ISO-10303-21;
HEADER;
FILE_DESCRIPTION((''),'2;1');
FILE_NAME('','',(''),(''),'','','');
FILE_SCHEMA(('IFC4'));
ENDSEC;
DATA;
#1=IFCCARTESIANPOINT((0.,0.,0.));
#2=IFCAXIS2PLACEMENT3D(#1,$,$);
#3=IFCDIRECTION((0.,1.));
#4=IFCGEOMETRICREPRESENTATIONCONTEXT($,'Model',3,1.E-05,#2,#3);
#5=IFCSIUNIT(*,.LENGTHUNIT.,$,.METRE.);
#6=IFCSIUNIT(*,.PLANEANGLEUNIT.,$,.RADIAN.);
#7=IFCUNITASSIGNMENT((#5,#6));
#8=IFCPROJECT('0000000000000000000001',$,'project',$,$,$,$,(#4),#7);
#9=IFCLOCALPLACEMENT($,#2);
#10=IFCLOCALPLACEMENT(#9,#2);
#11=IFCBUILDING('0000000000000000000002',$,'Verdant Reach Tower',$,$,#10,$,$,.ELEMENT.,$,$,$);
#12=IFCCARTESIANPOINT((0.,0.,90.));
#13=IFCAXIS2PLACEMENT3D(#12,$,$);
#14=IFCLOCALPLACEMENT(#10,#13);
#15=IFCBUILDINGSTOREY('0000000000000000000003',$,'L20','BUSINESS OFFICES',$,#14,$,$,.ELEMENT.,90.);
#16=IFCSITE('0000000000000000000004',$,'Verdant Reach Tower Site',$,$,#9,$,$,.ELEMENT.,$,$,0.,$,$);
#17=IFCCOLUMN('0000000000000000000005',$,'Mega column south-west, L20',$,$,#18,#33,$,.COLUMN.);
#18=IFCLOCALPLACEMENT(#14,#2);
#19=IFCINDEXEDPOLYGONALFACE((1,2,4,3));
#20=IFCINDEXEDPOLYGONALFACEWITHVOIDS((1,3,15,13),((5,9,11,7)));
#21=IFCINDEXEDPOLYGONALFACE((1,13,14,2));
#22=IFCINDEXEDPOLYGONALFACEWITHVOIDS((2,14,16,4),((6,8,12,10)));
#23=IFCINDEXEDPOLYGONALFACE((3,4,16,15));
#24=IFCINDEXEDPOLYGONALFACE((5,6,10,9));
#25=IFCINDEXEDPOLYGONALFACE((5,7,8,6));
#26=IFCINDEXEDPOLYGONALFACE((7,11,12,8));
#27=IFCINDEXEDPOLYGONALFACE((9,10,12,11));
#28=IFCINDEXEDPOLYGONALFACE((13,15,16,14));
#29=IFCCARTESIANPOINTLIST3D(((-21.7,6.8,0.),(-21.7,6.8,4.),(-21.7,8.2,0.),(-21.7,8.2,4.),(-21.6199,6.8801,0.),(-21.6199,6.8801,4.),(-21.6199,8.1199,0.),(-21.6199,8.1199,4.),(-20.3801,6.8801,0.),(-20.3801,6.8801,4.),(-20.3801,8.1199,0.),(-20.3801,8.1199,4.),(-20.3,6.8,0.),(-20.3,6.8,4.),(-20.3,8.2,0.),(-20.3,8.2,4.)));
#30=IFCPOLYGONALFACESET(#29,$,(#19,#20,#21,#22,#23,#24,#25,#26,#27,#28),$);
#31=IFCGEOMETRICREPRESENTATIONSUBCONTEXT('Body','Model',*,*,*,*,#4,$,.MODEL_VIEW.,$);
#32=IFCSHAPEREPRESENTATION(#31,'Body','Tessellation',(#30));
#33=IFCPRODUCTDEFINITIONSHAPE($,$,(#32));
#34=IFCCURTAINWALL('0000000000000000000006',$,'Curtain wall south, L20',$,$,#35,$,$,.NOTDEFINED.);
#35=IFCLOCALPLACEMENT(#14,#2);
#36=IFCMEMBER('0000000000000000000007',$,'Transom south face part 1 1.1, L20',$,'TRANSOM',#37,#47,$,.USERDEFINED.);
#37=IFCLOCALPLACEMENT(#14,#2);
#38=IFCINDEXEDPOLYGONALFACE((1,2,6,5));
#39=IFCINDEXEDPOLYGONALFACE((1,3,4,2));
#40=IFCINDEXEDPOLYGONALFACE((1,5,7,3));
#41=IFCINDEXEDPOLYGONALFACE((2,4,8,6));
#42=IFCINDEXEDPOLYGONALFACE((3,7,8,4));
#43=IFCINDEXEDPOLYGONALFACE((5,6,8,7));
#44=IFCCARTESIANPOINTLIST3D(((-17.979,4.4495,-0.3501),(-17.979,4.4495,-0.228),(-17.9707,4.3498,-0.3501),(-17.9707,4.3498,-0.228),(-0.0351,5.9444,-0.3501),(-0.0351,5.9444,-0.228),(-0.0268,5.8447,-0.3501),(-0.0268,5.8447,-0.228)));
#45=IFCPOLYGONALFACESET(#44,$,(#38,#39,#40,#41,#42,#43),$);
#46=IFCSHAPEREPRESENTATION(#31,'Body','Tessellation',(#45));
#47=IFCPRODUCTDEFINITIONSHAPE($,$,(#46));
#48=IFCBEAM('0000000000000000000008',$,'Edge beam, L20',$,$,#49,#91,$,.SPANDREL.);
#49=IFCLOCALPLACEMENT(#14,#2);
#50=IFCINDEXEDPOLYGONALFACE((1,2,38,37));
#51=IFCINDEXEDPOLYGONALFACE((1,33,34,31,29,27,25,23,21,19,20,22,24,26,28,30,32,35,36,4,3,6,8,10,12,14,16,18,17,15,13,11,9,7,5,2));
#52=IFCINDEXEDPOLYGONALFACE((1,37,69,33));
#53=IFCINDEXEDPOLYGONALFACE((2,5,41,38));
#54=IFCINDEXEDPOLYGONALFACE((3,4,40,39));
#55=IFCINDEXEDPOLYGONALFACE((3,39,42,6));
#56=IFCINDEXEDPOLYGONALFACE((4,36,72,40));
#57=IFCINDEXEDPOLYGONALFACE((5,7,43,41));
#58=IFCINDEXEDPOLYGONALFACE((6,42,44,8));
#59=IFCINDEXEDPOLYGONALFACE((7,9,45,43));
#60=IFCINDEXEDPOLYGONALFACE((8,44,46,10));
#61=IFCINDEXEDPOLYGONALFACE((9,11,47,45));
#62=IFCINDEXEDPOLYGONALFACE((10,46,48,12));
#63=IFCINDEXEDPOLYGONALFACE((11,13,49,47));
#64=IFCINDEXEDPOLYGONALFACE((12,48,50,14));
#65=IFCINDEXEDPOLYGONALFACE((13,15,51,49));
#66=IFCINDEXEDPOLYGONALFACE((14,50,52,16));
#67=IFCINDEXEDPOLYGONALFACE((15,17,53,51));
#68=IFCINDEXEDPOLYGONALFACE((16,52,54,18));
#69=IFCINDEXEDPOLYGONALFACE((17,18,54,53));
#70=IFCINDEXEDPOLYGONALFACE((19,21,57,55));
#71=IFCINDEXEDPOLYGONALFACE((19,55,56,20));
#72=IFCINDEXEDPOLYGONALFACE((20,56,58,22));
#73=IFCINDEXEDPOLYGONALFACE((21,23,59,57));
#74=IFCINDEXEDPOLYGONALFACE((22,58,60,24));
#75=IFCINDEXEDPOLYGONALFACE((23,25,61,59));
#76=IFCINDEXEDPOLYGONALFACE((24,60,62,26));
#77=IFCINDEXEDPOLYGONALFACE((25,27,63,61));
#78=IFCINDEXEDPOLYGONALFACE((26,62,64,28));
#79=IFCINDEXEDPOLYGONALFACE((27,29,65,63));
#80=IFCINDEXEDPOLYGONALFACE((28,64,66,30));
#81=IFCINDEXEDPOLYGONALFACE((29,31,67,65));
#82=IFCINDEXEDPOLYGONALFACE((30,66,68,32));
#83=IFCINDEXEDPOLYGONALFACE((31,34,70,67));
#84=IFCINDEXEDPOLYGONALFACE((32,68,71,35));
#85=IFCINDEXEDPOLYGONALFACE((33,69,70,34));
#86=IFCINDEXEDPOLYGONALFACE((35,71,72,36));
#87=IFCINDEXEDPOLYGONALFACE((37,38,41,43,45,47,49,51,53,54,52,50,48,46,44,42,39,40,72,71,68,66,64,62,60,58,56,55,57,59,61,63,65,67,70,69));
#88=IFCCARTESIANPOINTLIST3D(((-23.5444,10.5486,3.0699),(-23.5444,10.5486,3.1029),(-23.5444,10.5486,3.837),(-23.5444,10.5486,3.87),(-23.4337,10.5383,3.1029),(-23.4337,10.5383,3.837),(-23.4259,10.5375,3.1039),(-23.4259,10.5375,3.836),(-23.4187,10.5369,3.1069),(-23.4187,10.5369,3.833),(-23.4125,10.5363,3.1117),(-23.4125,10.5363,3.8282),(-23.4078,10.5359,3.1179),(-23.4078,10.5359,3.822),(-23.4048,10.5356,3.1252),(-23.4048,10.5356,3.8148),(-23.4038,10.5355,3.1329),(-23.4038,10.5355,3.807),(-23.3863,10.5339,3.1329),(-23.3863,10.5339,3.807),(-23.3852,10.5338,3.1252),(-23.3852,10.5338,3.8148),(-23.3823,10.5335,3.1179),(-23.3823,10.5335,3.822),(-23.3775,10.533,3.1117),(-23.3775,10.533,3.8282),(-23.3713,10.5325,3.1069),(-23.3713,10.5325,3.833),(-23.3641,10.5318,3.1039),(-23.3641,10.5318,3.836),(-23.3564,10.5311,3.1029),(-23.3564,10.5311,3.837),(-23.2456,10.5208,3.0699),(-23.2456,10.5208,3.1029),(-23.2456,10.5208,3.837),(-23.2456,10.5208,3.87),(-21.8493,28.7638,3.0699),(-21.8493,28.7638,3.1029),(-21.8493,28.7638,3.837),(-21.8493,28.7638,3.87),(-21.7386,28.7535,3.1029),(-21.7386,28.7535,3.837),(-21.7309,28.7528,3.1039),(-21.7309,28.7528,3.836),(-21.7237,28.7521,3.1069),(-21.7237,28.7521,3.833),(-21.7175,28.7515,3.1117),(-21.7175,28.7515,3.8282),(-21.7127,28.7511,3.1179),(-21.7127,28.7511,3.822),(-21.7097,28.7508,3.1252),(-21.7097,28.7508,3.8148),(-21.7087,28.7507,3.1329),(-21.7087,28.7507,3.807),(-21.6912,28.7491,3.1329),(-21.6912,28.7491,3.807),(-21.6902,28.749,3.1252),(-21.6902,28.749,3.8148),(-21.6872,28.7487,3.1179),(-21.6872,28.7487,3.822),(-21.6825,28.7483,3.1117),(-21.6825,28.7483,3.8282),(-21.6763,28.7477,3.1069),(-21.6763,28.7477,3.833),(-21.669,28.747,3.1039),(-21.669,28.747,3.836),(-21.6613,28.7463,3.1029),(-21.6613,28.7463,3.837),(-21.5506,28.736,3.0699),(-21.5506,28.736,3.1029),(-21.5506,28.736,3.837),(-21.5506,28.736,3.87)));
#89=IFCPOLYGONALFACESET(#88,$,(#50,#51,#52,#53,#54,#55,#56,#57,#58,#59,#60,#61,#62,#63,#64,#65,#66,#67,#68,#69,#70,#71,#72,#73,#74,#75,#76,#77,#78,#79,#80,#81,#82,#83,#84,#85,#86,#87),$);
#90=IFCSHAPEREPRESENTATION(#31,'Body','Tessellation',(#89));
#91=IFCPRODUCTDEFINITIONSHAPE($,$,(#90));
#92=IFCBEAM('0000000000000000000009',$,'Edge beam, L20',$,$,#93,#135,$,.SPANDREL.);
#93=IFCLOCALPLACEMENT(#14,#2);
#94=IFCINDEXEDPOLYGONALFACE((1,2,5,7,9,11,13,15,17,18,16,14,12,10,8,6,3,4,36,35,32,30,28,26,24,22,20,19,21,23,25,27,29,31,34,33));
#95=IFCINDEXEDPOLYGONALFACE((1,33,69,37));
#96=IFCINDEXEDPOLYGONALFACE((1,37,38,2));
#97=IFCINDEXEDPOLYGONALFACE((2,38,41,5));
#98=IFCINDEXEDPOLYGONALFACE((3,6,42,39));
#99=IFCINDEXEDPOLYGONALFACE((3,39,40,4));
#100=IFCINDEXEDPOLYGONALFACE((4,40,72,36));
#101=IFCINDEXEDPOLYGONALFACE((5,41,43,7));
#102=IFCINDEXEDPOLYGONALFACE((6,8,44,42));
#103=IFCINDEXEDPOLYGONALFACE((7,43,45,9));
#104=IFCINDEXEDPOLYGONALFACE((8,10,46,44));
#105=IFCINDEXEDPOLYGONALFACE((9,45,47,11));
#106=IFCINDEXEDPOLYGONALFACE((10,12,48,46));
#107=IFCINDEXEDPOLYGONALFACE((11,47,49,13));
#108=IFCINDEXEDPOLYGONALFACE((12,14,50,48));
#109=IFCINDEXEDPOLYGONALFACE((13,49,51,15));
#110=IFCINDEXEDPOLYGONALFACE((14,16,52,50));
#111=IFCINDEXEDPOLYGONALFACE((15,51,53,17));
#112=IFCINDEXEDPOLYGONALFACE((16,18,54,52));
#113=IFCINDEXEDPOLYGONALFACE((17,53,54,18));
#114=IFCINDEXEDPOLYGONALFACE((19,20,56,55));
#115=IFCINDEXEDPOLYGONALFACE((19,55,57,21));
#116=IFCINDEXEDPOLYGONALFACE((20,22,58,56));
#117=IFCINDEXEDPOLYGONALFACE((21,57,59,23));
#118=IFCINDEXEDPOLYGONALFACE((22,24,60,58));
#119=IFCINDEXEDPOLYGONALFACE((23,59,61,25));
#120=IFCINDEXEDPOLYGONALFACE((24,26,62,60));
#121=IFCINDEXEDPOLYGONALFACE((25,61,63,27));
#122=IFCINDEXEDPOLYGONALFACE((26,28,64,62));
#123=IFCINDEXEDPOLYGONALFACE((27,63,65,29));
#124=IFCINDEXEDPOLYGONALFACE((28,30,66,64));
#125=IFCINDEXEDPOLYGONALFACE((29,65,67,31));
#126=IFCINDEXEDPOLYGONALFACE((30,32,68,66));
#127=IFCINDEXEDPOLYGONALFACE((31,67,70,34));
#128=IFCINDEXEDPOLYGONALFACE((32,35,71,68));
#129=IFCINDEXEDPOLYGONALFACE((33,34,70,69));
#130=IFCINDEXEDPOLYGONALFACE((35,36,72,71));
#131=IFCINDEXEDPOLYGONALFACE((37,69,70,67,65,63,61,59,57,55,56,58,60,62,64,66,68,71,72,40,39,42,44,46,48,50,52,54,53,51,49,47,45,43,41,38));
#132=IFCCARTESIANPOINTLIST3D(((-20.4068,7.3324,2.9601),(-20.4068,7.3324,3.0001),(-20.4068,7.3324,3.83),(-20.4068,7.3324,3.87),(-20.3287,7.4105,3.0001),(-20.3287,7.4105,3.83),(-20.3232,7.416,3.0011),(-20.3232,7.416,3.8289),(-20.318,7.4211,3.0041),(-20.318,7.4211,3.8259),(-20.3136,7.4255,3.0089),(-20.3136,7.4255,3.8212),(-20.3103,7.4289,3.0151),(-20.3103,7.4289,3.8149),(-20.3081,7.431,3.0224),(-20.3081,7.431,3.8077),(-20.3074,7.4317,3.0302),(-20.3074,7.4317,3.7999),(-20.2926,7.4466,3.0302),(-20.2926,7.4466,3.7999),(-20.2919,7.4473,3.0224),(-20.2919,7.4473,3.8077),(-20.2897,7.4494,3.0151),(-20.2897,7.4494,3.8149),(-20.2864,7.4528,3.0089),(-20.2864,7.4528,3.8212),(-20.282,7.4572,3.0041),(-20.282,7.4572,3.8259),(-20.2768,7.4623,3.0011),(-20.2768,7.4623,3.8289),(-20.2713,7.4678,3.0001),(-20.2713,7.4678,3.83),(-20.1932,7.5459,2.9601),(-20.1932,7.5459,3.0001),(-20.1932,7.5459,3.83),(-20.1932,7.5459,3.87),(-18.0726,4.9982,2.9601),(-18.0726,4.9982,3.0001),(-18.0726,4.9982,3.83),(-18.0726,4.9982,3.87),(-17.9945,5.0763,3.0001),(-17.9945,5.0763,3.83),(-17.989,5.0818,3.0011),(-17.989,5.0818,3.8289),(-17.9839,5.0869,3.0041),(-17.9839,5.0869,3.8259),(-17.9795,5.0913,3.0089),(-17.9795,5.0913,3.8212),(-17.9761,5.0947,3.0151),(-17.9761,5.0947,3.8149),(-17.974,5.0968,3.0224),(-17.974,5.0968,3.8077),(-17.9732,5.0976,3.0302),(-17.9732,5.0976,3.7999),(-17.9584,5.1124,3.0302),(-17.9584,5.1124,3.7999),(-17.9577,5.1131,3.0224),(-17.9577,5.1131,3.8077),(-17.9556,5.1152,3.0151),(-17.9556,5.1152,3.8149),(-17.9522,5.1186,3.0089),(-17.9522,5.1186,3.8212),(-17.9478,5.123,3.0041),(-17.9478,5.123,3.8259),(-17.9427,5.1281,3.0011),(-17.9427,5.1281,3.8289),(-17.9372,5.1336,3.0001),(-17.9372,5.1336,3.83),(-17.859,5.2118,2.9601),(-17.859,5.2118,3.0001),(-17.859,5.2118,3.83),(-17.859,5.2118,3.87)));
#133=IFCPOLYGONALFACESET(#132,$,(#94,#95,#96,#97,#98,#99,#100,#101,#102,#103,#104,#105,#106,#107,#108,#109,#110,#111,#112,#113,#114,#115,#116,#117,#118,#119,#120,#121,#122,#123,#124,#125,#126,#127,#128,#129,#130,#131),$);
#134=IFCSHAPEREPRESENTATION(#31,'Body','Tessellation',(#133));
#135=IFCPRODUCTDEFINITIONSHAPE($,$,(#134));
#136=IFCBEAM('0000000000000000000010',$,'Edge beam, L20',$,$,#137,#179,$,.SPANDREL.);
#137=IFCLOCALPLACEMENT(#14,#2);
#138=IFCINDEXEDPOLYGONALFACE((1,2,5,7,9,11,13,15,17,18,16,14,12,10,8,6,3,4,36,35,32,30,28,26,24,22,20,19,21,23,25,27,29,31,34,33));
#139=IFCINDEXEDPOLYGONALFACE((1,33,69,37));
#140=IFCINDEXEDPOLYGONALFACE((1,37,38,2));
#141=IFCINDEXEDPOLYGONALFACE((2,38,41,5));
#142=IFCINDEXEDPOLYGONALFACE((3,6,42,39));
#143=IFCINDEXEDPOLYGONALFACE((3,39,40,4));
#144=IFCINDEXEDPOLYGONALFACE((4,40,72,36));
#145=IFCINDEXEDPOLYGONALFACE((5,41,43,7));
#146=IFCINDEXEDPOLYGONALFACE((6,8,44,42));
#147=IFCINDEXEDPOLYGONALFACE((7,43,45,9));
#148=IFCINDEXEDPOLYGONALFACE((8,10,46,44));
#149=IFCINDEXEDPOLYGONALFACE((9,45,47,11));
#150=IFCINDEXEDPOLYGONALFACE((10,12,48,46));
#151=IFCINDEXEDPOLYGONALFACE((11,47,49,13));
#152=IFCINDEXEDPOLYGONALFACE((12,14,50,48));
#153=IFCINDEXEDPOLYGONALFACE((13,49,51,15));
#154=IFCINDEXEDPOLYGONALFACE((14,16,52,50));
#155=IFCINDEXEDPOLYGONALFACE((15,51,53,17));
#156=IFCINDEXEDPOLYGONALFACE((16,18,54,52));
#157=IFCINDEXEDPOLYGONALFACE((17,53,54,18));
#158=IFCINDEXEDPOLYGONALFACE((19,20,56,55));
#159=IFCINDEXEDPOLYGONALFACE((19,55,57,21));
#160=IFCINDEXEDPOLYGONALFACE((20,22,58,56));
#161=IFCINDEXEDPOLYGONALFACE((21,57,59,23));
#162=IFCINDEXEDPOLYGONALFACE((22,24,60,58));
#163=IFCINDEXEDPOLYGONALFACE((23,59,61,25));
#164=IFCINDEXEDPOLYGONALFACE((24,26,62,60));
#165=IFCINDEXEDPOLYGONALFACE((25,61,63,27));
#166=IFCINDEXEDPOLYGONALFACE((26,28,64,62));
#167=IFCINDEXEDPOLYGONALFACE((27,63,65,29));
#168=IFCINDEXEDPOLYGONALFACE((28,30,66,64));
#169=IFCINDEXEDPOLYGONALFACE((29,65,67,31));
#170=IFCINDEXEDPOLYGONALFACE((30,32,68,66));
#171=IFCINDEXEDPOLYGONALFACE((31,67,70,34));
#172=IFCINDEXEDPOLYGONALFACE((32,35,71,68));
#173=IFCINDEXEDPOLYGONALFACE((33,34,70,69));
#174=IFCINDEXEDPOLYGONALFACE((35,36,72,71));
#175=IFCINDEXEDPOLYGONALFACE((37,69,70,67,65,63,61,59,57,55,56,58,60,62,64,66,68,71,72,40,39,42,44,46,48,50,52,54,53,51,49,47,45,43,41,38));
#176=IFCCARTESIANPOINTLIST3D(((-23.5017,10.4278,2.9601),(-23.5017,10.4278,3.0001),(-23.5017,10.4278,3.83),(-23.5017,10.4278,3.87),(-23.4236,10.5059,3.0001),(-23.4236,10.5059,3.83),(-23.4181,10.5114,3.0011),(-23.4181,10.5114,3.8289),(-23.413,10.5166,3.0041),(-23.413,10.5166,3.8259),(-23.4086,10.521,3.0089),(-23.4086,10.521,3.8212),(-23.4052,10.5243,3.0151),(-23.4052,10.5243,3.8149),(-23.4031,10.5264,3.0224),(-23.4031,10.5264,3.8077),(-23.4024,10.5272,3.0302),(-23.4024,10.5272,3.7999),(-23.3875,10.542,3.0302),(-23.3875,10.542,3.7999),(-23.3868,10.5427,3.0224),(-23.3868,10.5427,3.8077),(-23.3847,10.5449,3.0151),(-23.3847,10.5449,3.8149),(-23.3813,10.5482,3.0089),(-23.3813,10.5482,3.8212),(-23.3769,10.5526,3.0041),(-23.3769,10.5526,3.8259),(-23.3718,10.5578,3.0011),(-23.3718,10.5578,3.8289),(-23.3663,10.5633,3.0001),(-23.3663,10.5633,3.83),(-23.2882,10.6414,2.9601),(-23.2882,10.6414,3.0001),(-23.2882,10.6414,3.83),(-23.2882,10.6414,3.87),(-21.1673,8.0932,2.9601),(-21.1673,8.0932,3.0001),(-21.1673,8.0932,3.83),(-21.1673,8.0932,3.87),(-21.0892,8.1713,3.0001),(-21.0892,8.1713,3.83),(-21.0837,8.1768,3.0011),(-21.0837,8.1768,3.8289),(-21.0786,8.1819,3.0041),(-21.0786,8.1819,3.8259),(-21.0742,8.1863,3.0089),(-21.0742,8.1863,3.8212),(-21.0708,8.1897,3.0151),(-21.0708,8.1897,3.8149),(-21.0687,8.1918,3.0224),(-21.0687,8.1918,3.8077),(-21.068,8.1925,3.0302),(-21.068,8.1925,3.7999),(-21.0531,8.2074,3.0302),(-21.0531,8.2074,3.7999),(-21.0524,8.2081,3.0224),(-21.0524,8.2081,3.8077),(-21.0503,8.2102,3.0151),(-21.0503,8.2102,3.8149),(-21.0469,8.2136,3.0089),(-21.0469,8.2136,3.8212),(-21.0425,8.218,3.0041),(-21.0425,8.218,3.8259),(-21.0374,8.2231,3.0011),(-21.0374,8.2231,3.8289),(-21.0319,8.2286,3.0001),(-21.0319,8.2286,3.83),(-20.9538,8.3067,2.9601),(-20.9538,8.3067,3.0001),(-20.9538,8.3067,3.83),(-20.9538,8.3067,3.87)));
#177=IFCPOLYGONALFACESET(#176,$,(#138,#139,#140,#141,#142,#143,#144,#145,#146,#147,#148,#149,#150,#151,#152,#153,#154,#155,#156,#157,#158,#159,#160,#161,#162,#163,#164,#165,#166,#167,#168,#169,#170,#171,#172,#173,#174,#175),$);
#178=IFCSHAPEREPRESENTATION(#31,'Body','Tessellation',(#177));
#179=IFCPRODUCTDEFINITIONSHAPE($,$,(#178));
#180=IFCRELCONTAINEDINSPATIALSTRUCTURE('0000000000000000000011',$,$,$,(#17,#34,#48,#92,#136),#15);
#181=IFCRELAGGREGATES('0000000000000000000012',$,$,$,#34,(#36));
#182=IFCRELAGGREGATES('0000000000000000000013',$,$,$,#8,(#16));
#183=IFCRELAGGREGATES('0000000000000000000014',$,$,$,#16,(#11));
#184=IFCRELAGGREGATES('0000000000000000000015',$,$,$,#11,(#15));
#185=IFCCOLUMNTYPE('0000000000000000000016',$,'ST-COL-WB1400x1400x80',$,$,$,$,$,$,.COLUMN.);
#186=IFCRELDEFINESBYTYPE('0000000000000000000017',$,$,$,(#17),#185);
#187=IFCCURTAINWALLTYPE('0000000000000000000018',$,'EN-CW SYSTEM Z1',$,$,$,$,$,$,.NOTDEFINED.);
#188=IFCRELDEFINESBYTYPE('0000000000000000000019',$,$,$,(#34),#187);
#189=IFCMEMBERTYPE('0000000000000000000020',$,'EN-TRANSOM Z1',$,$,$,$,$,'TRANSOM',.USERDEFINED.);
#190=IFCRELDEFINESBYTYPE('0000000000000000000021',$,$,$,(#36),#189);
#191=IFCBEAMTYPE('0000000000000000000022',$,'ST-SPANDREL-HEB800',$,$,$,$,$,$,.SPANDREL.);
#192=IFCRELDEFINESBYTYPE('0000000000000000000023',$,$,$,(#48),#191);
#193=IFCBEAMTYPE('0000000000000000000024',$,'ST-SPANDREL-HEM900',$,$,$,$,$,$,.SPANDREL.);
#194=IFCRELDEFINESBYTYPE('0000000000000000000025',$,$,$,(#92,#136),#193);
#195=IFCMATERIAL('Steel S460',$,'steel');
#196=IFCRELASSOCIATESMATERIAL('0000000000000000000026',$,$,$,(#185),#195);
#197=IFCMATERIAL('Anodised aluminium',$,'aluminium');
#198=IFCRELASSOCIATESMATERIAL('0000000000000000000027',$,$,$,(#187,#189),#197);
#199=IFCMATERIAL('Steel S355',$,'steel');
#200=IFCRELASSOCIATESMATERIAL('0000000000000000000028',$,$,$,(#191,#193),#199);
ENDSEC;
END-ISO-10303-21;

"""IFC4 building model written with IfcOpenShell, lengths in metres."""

from ifc_helpers import new_model, si_unit, direction, frame, origin, origin_2d, place, context, subcontext, project, spatial, rectangle, hollow_rectangle, i_section, extrude, material, material_profile, profile_set, type_object, element, aggregate, save


model = new_model("IFC4")

# Units and contexts
model_context = context("Model", 3, precision=1e-05, world=origin(), true_north=direction((0.0, 1.0)))
body_context = subcontext(model_context, "Body", "Model", "MODEL_VIEW")
ifc_project = project(units=[si_unit("LENGTHUNIT", "METRE"), si_unit("PLANEANGLEUNIT", "RADIAN")], contexts=[model_context])

# Site, building, storey
site_placement = place(None, origin())
site = spatial("IfcSite", under=ifc_project, at=site_placement, Name="Verdant Reach Tower Site", CompositionType="ELEMENT", RefElevation=0.0)
building_placement = place(site_placement, origin())
building = spatial("IfcBuilding", under=site, at=building_placement, Name="Verdant Reach Tower", CompositionType="ELEMENT")
storey_placement = place(building_placement, frame((0.0, 0.0, 90.0)))
storey = spatial("IfcBuildingStorey", under=building, at=storey_placement, Name="L20", Description="BUSINESS OFFICES", CompositionType="ELEMENT", Elevation=90.0)

# Column
ifc_material_1 = material(Name="Steel S460", Category="steel")
ifc_material_profile_1 = material_profile(ifc_material_1, hollow_rectangle(XDim=1.3999, YDim=1.3999, WallThickness=0.0801, at=origin_2d()), Name="WB 1400x1400x80")
ifc_profile_set_1 = profile_set([ifc_material_profile_1], Name="Steel S460")
column_type = type_object("IfcColumnType", Name="ST-COL-WB1400x1400x80", PredefinedType="COLUMN", material=ifc_profile_set_1)
column_placement = place(storey_placement, frame((-21.0, 7.5, 0.0), z_axis=(0.0, 0.0, 1.0), x_axis=(1.0, 0.0, 0.0)))
element("IfcColumn", 1, at=column_placement, inside=storey, type_object=column_type, Name="Mega column south-west, L20", PredefinedType="COLUMN", context=body_context, shape_type="SweptSolid", body=[
    extrude(hollow_rectangle(XDim=1.3999, YDim=1.3999, WallThickness=0.0801, at=origin_2d()), origin(), (0.0, 0.0, 1.0), 4.0),
])

# Curtain wall, member
ifc_material_2 = material(Name="Anodised aluminium", Category="aluminium")
curtain_wall_type = type_object("IfcCurtainWallType", Name="EN-CW SYSTEM Z1", PredefinedType="NOTDEFINED", material=ifc_material_2)
curtain_wall_1_placement = place(storey_placement, origin())
curtain_wall_1 = element("IfcCurtainWall", 2, at=curtain_wall_1_placement, inside=storey, type_object=curtain_wall_type, Name="Curtain wall south, L20", PredefinedType="NOTDEFINED")
ifc_material_profile_2 = material_profile(ifc_material_2, rectangle(XDim=0.1001, YDim=0.1221, at=origin_2d()), Name="Transom 122x100")
ifc_profile_set_2 = profile_set([ifc_material_profile_2], Name="Anodised aluminium")
member_type = type_object("IfcMemberType", Name="EN-TRANSOM Z1", ElementType="TRANSOM", PredefinedType="USERDEFINED", material=ifc_profile_set_2)
member_placement = place(storey_placement, frame((-17.9749, 4.3997, -0.2891), z_axis=(0.996548, 0.083021, 0.0), x_axis=(-0.083021, 0.996548, 0.0)))
member = element("IfcMember", 3, at=member_placement, type_object=member_type, Name="Transom south face part 1 1.1, L20", ObjectType="TRANSOM", PredefinedType="USERDEFINED", context=body_context, shape_type="SweptSolid", body=[
    extrude(rectangle(XDim=0.1001, YDim=0.1221, at=origin_2d()), origin(), (0.0, 0.0, 1.0), 18.0061),
])

# Beams
ifc_material_3 = material(Name="Steel S355", Category="steel")
ifc_material_profile_3 = material_profile(ifc_material_3, i_section(OverallWidth=0.3, OverallDepth=0.8, WebThickness=0.0176, FlangeThickness=0.033, FilletRadius=0.03, at=origin_2d()), Name="HEB 800")
ifc_profile_set_3 = profile_set([ifc_material_profile_3], Name="Steel S355")
beam_type_1 = type_object("IfcBeamType", Name="ST-SPANDREL-HEB800", PredefinedType="SPANDREL", material=ifc_profile_set_3)
beam_1_placement = place(storey_placement, frame((-23.395, 10.5347, 3.47), z_axis=(0.092657, 0.995698, 0.0), x_axis=(-0.995698, 0.092657, 0.0)))
element("IfcBeam", 4, at=beam_1_placement, inside=storey, type_object=beam_type_1, Name="Edge beam, L20", PredefinedType="SPANDREL", context=body_context, shape_type="SweptSolid", body=[
    extrude(i_section(OverallWidth=0.3, OverallDepth=0.8, WebThickness=0.0176, FlangeThickness=0.033, FilletRadius=0.03, at=origin_2d()), origin(), (0.0, 0.0, 1.0), 18.2939),
])
ifc_material_profile_4 = material_profile(ifc_material_3, i_section(OverallWidth=0.302, OverallDepth=0.9099, WebThickness=0.021, FlangeThickness=0.04, FilletRadius=0.03, at=origin_2d()), Name="HEM 900")
ifc_profile_set_4 = profile_set([ifc_material_profile_4], Name="Steel S355")
beam_type_2 = type_object("IfcBeamType", Name="ST-SPANDREL-HEM900", PredefinedType="SPANDREL", material=ifc_profile_set_4)
beam_2_placement = place(storey_placement, frame((-17.9658, 5.105, 3.415), z_axis=(-0.707107, 0.707107, 0.0), x_axis=(-0.707107, -0.707107, 0.0)))
element("IfcBeam", 5, at=beam_2_placement, inside=storey, type_object=beam_type_2, Name="Edge beam, L20", PredefinedType="SPANDREL", context=body_context, shape_type="SweptSolid", body=[
    extrude(i_section(OverallWidth=0.302, OverallDepth=0.9099, WebThickness=0.021, FlangeThickness=0.04, FilletRadius=0.03, at=origin_2d()), origin(), (0.0, 0.0, 1.0), 3.301),
])
beam_3_placement = place(storey_placement, frame((-21.0605, 8.2, 3.415), z_axis=(-0.70707, 0.707144, 0.0), x_axis=(-0.707144, -0.70707, 0.0)))
element("IfcBeam", 6, at=beam_3_placement, inside=storey, type_object=beam_type_2, Name="Edge beam, L20", PredefinedType="SPANDREL", context=body_context, shape_type="SweptSolid", body=[
    extrude(i_section(OverallWidth=0.302, OverallDepth=0.9099, WebThickness=0.021, FlangeThickness=0.04, FilletRadius=0.03, at=origin_2d()), origin(), (0.0, 0.0, 1.0), 3.3015),
])

aggregate(curtain_wall_1, [member])

save(model, "model.ifc")
